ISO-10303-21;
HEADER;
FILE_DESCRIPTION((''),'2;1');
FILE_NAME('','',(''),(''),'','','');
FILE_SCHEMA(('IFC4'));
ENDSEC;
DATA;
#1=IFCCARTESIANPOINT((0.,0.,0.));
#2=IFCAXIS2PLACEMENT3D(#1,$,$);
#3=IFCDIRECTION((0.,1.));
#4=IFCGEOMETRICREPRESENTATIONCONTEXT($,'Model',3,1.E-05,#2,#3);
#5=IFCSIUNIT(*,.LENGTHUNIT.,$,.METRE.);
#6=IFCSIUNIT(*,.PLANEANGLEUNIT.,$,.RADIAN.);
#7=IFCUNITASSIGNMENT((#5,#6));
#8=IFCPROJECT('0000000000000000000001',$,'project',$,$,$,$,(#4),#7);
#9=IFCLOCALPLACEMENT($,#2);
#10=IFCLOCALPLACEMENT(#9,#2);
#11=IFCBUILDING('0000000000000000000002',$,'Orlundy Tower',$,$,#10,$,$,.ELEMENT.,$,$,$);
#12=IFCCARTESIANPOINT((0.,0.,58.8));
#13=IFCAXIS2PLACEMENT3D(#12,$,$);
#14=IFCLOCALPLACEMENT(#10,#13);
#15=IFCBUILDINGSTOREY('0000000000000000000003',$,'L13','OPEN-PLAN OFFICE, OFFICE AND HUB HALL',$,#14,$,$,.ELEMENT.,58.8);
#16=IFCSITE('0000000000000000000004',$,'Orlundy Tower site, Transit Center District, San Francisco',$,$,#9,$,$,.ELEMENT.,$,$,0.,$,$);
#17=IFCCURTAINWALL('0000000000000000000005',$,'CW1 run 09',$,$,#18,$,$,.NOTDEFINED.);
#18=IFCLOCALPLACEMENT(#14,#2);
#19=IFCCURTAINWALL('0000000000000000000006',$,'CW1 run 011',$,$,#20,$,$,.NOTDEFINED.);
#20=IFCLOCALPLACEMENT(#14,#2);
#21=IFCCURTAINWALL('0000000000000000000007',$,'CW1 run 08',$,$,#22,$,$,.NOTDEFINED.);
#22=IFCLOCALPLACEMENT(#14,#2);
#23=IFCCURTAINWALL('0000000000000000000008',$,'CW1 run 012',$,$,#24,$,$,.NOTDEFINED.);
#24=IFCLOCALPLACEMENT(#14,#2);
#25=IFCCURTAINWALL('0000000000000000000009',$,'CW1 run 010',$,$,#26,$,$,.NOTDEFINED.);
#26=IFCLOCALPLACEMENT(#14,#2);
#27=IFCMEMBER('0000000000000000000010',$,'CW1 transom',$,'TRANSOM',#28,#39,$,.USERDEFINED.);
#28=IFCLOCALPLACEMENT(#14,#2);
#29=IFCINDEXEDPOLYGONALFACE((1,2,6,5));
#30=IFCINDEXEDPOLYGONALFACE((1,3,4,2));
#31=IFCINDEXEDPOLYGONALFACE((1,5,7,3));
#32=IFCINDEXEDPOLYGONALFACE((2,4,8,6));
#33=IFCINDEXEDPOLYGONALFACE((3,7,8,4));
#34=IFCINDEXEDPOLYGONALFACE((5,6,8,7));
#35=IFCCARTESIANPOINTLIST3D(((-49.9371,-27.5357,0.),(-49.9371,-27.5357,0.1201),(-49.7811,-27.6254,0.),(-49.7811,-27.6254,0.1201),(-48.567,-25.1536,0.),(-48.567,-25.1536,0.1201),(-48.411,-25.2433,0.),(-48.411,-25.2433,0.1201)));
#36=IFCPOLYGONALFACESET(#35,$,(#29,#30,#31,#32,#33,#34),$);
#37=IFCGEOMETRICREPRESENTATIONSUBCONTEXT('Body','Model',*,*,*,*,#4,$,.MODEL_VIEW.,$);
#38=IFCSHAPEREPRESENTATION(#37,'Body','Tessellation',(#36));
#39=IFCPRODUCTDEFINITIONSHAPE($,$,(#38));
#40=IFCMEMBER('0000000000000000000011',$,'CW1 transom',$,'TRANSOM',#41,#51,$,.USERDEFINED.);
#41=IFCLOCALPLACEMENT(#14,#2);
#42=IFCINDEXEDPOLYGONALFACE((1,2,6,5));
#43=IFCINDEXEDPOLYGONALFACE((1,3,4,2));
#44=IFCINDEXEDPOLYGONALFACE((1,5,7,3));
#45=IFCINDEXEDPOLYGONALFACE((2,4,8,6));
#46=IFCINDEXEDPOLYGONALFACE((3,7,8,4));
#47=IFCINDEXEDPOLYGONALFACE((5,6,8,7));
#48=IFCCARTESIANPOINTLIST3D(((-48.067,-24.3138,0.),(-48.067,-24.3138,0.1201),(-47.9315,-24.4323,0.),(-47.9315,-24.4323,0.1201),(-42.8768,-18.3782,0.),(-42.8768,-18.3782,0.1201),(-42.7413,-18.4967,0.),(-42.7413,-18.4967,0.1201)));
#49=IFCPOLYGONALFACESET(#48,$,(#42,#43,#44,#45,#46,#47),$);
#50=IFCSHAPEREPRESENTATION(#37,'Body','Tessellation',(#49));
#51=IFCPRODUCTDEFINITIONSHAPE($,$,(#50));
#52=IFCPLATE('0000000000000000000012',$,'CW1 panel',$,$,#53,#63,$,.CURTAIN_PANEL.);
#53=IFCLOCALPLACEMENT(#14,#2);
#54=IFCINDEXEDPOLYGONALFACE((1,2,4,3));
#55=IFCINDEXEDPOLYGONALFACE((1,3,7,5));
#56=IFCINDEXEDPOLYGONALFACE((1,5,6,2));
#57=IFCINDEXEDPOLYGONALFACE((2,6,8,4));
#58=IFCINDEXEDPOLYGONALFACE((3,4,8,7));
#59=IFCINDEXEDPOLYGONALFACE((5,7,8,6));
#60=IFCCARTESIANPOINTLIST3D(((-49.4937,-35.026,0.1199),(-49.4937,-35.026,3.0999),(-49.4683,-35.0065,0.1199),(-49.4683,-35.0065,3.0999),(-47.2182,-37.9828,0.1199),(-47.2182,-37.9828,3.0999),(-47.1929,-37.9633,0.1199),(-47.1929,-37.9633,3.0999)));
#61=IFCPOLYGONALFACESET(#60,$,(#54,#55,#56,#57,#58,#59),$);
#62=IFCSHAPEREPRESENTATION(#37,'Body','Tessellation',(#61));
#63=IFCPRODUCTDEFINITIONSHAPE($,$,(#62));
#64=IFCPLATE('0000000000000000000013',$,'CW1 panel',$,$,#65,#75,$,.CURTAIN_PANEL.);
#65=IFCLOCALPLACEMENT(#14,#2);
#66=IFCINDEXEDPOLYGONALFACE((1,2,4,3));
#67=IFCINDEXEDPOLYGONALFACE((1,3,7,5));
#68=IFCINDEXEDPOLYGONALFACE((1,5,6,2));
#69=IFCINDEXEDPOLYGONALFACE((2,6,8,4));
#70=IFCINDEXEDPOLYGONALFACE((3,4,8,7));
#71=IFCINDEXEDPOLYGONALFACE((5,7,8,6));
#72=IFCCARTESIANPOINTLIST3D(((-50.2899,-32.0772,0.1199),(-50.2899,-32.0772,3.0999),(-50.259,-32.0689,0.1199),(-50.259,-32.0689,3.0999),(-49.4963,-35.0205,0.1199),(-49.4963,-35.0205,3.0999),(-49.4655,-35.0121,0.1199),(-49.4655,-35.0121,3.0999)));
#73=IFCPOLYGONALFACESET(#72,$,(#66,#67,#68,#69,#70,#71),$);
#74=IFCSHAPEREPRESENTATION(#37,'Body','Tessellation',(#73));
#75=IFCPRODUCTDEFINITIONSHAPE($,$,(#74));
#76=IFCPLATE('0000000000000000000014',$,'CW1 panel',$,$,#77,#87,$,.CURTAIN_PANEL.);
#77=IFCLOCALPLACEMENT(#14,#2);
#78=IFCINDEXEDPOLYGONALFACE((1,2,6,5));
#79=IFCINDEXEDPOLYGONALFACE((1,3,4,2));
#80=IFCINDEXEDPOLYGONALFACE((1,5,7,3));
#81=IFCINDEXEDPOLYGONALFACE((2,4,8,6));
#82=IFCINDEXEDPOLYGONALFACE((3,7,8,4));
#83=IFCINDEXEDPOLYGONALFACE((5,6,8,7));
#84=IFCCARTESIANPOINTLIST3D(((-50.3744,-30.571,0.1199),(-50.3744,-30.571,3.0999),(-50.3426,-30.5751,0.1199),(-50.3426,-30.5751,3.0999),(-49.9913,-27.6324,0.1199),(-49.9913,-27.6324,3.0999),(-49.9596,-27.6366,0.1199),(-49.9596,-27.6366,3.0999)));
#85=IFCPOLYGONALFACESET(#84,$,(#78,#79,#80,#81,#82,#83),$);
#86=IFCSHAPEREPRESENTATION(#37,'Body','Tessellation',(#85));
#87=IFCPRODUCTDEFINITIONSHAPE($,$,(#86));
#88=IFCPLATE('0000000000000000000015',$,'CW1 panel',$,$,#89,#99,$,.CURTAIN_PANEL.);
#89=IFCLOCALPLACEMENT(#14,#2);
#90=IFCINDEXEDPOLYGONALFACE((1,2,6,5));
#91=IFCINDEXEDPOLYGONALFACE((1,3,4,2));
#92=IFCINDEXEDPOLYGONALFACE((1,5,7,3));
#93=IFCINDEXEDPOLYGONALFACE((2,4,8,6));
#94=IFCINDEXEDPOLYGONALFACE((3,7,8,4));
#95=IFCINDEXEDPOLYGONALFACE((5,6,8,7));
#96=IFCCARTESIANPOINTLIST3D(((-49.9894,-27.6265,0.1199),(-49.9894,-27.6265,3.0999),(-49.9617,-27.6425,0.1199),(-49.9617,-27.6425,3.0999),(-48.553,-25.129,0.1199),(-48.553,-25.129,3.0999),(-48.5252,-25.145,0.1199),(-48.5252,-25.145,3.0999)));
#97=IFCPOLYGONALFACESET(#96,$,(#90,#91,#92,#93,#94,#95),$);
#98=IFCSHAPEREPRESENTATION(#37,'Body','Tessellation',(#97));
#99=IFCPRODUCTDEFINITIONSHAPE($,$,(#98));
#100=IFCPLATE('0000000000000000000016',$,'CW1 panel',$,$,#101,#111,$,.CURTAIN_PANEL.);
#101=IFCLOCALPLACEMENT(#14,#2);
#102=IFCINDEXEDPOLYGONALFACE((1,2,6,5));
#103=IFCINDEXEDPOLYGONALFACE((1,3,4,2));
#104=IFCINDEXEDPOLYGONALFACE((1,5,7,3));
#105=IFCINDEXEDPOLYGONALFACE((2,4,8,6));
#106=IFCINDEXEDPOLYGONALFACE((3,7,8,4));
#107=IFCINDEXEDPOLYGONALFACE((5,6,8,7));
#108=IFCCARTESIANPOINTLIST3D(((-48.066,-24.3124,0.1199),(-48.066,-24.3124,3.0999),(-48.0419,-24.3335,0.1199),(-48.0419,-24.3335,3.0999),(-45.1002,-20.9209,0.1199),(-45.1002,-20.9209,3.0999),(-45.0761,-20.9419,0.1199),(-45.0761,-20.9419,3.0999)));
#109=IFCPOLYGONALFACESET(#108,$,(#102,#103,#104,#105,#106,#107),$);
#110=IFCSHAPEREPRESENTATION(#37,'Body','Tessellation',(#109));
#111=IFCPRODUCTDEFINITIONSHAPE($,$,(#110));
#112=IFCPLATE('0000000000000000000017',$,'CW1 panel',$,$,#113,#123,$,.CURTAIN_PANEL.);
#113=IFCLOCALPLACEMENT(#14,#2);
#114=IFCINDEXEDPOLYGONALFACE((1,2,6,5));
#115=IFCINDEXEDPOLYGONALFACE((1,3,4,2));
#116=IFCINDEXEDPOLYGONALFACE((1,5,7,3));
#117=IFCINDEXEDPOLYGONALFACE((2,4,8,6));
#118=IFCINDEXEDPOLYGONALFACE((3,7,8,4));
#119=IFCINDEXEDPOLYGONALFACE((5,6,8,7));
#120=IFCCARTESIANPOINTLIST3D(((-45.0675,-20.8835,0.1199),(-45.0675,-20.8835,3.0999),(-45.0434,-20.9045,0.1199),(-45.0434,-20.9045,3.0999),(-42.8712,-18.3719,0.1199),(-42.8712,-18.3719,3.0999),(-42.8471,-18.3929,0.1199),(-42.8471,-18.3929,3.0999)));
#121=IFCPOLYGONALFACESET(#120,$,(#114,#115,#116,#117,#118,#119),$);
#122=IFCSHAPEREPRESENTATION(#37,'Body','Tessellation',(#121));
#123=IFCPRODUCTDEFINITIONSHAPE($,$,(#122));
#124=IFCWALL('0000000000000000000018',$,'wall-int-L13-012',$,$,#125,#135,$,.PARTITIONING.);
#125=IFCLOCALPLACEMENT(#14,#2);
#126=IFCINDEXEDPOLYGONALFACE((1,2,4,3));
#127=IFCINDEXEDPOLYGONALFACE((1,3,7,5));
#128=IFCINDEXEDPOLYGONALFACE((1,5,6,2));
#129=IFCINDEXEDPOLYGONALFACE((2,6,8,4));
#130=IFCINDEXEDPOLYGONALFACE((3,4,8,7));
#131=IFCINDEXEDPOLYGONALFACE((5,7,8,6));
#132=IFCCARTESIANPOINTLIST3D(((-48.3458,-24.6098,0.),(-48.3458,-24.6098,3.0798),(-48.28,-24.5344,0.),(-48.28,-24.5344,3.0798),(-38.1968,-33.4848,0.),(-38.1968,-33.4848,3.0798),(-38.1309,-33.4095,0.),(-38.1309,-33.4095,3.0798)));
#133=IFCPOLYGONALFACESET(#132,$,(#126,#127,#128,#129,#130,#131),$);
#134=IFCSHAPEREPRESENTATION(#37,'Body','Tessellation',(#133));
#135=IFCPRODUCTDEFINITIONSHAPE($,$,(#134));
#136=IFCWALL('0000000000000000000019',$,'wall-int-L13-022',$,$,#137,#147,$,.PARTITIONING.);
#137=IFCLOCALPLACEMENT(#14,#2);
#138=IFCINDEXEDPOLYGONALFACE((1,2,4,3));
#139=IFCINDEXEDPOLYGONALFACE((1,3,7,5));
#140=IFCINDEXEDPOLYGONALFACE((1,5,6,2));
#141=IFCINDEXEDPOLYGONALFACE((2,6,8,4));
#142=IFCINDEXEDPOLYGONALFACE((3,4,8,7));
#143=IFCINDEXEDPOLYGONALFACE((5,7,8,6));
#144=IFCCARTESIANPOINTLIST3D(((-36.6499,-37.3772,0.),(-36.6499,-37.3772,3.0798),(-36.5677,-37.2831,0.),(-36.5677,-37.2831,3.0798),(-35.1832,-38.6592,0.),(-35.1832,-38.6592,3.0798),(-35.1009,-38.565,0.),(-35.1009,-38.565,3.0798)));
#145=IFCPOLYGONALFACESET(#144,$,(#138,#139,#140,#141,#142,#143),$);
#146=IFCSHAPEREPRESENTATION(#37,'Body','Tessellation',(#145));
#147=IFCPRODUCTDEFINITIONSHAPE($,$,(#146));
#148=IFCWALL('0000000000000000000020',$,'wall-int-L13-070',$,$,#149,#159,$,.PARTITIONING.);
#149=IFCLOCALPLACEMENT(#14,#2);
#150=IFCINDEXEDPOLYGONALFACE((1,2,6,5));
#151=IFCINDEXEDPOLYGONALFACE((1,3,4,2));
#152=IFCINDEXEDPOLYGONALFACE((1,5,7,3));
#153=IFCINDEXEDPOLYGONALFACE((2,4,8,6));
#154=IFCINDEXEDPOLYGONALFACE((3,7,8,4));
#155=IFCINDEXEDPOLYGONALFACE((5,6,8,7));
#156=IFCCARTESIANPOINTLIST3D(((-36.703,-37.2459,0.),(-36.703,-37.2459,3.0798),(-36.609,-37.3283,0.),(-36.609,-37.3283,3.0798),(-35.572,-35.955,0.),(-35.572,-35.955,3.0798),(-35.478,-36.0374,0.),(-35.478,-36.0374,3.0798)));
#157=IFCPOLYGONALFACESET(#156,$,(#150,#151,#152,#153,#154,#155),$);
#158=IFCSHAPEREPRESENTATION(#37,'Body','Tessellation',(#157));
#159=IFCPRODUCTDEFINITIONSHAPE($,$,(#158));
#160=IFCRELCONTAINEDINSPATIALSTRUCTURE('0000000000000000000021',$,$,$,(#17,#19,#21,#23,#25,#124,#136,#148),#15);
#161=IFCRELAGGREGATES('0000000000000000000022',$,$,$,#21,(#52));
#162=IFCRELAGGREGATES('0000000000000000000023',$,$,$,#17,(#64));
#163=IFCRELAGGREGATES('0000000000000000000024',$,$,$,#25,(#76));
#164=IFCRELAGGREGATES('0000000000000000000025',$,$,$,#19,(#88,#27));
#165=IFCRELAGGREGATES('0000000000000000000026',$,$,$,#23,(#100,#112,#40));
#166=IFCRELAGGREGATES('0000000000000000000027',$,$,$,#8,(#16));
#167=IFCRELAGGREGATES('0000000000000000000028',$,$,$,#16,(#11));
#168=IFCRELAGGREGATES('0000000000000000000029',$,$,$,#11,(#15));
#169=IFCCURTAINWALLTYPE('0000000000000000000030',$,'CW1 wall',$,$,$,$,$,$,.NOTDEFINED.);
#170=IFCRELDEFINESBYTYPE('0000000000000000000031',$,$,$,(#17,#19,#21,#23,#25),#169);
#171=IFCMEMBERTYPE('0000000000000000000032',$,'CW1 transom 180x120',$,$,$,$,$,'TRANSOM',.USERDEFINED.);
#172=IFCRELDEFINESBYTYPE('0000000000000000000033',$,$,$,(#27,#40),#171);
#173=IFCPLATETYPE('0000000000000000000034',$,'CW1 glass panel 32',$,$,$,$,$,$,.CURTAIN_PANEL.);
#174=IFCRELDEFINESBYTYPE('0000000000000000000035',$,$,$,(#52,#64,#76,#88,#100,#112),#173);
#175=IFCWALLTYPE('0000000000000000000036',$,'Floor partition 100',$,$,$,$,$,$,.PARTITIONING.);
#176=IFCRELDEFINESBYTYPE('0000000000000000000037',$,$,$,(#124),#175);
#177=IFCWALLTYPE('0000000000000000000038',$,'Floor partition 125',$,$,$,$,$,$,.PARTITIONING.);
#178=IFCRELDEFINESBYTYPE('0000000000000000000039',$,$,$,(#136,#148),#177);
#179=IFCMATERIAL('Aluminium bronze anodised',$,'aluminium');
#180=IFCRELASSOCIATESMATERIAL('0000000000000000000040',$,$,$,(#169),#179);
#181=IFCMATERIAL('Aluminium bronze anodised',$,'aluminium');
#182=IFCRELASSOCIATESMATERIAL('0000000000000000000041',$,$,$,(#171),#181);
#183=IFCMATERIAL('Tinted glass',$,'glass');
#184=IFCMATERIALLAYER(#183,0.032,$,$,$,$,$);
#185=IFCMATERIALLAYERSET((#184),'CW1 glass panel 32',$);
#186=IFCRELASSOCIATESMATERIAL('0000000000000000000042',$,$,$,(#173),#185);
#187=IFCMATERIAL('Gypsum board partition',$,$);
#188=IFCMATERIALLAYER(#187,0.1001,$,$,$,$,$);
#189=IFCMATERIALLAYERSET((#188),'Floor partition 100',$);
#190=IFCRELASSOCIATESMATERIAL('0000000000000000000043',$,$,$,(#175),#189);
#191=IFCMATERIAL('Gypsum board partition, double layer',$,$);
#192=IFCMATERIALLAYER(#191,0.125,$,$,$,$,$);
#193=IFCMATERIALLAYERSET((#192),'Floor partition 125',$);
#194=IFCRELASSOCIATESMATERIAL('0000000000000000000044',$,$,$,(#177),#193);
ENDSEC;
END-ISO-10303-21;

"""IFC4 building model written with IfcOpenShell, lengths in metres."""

from ifc_helpers import new_model, si_unit, direction, frame, frame_2d, origin, origin_2d, place, context, subcontext, project, spatial, rectangle, extrude, material, layer, layer_set, material_profile, profile_set, type_object, element, aggregate, save


model = new_model("IFC4")

# Units and contexts
model_context = context("Model", 3, precision=1e-05, world=origin(), true_north=direction((0.0, 1.0)))
body_context = subcontext(model_context, "Body", "Model", "MODEL_VIEW")
ifc_project = project(units=[si_unit("LENGTHUNIT", "METRE"), si_unit("PLANEANGLEUNIT", "RADIAN")], contexts=[model_context])

# Site, building, storey
site_placement = place(None, origin())
site = spatial("IfcSite", under=ifc_project, at=site_placement, Name="Orlundy Tower site, Transit Center District, San Francisco", CompositionType="ELEMENT", RefElevation=0.0)
building_placement = place(site_placement, origin())
building = spatial("IfcBuilding", under=site, at=building_placement, Name="Orlundy Tower", CompositionType="ELEMENT")
storey_placement = place(building_placement, frame((0.0, 0.0, 58.8)))
storey = spatial("IfcBuildingStorey", under=building, at=storey_placement, Name="L13", Description="OPEN-PLAN OFFICE, OFFICE AND HUB HALL", CompositionType="ELEMENT", Elevation=58.8)

# Curtain walls
ifc_material_1 = material(Name="Aluminium bronze anodised", Category="aluminium")
curtain_wall_type = type_object("IfcCurtainWallType", Name="CW1 wall", PredefinedType="NOTDEFINED", material=ifc_material_1)
curtain_wall_1_placement = place(storey_placement, origin())
curtain_wall_1 = element("IfcCurtainWall", 1, at=curtain_wall_1_placement, inside=storey, type_object=curtain_wall_type, Name="CW1 run 09", PredefinedType="NOTDEFINED")
curtain_wall_2_placement = place(storey_placement, origin())
curtain_wall_2 = element("IfcCurtainWall", 2, at=curtain_wall_2_placement, inside=storey, type_object=curtain_wall_type, Name="CW1 run 011", PredefinedType="NOTDEFINED")
curtain_wall_3_placement = place(storey_placement, origin())
curtain_wall_3 = element("IfcCurtainWall", 3, at=curtain_wall_3_placement, inside=storey, type_object=curtain_wall_type, Name="CW1 run 08", PredefinedType="NOTDEFINED")

# Curtain wall
curtain_wall_4_placement = place(storey_placement, origin())
curtain_wall_4 = element("IfcCurtainWall", 4, at=curtain_wall_4_placement, inside=storey, type_object=curtain_wall_type, Name="CW1 run 012", PredefinedType="NOTDEFINED")

# Shared definitions
ifc_material_2 = material(Name="Aluminium bronze anodised", Category="aluminium")
ifc_material_profile_1 = material_profile(ifc_material_2, rectangle(XDim=0.1799, YDim=0.1201, at=origin_2d()), Name="CW1 transom 180x120")
ifc_profile_set_1 = profile_set([ifc_material_profile_1], Name="Aluminium bronze anodised")
member_type_1 = type_object("IfcMemberType", Name="CW1 transom 180x120", ElementType="TRANSOM", PredefinedType="USERDEFINED", material=ifc_profile_set_1)

# Curtain wall
curtain_wall_5_placement = place(storey_placement, origin())
curtain_wall_5 = element("IfcCurtainWall", 5, at=curtain_wall_5_placement, inside=storey, type_object=curtain_wall_type, Name="CW1 run 010", PredefinedType="NOTDEFINED")

# Members
member_1_placement = place(storey_placement, frame((-49.8591, -27.5806, 0.0601), z_axis=(0.498586, 0.86684, 0.0), x_axis=(-0.86684, 0.498586, 0.0)))
member_1 = element("IfcMember", 6, at=member_1_placement, type_object=member_type_1, Name="CW1 transom", ObjectType="TRANSOM", PredefinedType="USERDEFINED", context=body_context, shape_type="SweptSolid", body=[
    extrude(rectangle(XDim=0.1799, YDim=0.1201, at=origin_2d()), origin(), (0.0, 0.0, 1.0), 2.748),
])
member_2_placement = place(storey_placement, frame((-47.9993, -24.373, 0.0601), z_axis=(0.658259, 0.752791, 0.0), x_axis=(-0.752791, 0.658259, 0.0)))
member_2 = element("IfcMember", 7, at=member_2_placement, type_object=member_type_1, Name="CW1 transom", ObjectType="TRANSOM", PredefinedType="USERDEFINED", context=body_context, shape_type="SweptSolid", body=[
    extrude(rectangle(XDim=0.1799, YDim=0.1201, at=origin_2d()), origin(), (0.0, 0.0, 1.0), 7.8848),
])

# Plates
ifc_material_3 = material(Name="Tinted glass", Category="glass")
ifc_layer_1 = layer(ifc_material_3, 0.032)
ifc_layer_set_1 = layer_set([ifc_layer_1], Name="CW1 glass panel 32")
plate_type = type_object("IfcPlateType", Name="CW1 glass panel 32", PredefinedType="CURTAIN_PANEL", material=ifc_layer_set_1)
plate_1_placement = place(storey_placement, frame((-48.3433, -36.4946, 0.1199), z_axis=(0.0, 0.0, 1.0), x_axis=(-0.60988, 0.792494, 0.0)))
plate_1 = element("IfcPlate", 8, at=plate_1_placement, type_object=plate_type, Name="CW1 panel", PredefinedType="CURTAIN_PANEL", context=body_context, shape_type="SweptSolid", body=[
    extrude(rectangle(XDim=3.731, YDim=0.032, at=origin_2d()), origin(), (0.0, 0.0, 1.0), 2.98),
])
aggregate(curtain_wall_3, [plate_1])
plate_2_placement = place(storey_placement, frame((-49.8777, -33.5447, 0.1199), z_axis=(0.0, 0.0, 1.0), x_axis=(-0.260331, 0.965519, 0.0)))
plate_2 = element("IfcPlate", 9, at=plate_2_placement, type_object=plate_type, Name="CW1 panel", PredefinedType="CURTAIN_PANEL", context=body_context, shape_type="SweptSolid", body=[
    extrude(rectangle(XDim=3.0483, YDim=0.032, at=origin_2d()), origin(), (0.0, 0.0, 1.0), 2.98),
])
aggregate(curtain_wall_1, [plate_2])
plate_3_placement = place(storey_placement, frame((-50.167, -29.1038, 0.1199), z_axis=(0.0, 0.0, 1.0), x_axis=(0.129247, 0.991612, 0.0)))
plate_3 = element("IfcPlate", 10, at=plate_3_placement, type_object=plate_type, Name="CW1 panel", PredefinedType="CURTAIN_PANEL", context=body_context, shape_type="SweptSolid", body=[
    extrude(rectangle(XDim=2.9634, YDim=0.032, at=origin_2d()), origin(), (0.0, 0.0, 1.0), 2.98),
])
aggregate(curtain_wall_5, [plate_3])
plate_4_placement = place(storey_placement, frame((-49.2573, -26.3857, 0.1199), z_axis=(0.0, 0.0, 1.0), x_axis=(0.498578, 0.866845, 0.0)))
plate_4 = element("IfcPlate", 11, at=plate_4_placement, type_object=plate_type, Name="CW1 panel", PredefinedType="CURTAIN_PANEL", context=body_context, shape_type="SweptSolid", body=[
    extrude(rectangle(XDim=2.8811, YDim=0.032, at=origin_2d()), origin(), (0.0, 0.0, 1.0), 2.98),
])
aggregate(curtain_wall_2, [plate_4, member_1])
plate_5_placement = place(storey_placement, frame((-46.571, -22.6272, 0.1199), z_axis=(0.0, 0.0, 1.0), x_axis=(0.658273, 0.752779, 0.0)))
plate_5 = element("IfcPlate", 12, at=plate_5_placement, type_object=plate_type, Name="CW1 panel", PredefinedType="CURTAIN_PANEL", context=body_context, shape_type="SweptSolid", body=[
    extrude(rectangle(XDim=4.5054, YDim=0.032, at=origin_2d()), origin(), (0.0, 0.0, 1.0), 2.98),
])
plate_6_placement = place(storey_placement, frame((-43.9573, -19.6382, 0.1199), z_axis=(0.0, 0.0, 1.0), x_axis=(0.658273, 0.752779, 0.0)))
plate_6 = element("IfcPlate", 13, at=plate_6_placement, type_object=plate_type, Name="CW1 panel", PredefinedType="CURTAIN_PANEL", context=body_context, shape_type="SweptSolid", body=[
    extrude(rectangle(XDim=3.3364, YDim=0.032, at=origin_2d()), origin(), (0.0, 0.0, 1.0), 2.98),
])
aggregate(curtain_wall_4, [plate_5, plate_6, member_2])

# Walls
ifc_material_4 = material(Name="Gypsum board partition")
ifc_layer_2 = layer(ifc_material_4, 0.1001)
ifc_layer_set_2 = layer_set([ifc_layer_2], Name="Floor partition 100")
wall_type_1 = type_object("IfcWallType", Name="Floor partition 100", PredefinedType="PARTITIONING", material=ifc_layer_set_2)
wall_1_placement = place(storey_placement, frame((-48.313, -24.572, 0.0), z_axis=(0.0, 0.0, 1.0), x_axis=(0.752772, -0.658282, 0.0)))
element("IfcWall", 14, at=wall_1_placement, inside=storey, type_object=wall_type_1, Name="wall-int-L13-012", PredefinedType="PARTITIONING", context=body_context, shape_type="SweptSolid", body=[
    extrude(rectangle(XDim=13.4822, YDim=0.1001, at=frame_2d((6.7412, 0.0))), origin(), (0.0, 0.0, 1.0), 3.0798),
])
ifc_material_5 = material(Name="Gypsum board partition, double layer")
ifc_layer_3 = layer(ifc_material_5, 0.125)
ifc_layer_set_3 = layer_set([ifc_layer_3], Name="Floor partition 125")
wall_type_2 = type_object("IfcWallType", Name="Floor partition 125", PredefinedType="PARTITIONING", material=ifc_layer_set_3)
wall_2_placement = place(storey_placement, frame((-36.6089, -37.3301, 0.0), z_axis=(0.0, 0.0, 1.0), x_axis=(0.752949, -0.658079, 0.0)))
element("IfcWall", 15, at=wall_2_placement, inside=storey, type_object=wall_type_2, Name="wall-int-L13-022", PredefinedType="PARTITIONING", context=body_context, shape_type="SweptSolid", body=[
    extrude(rectangle(XDim=1.948, YDim=0.125, at=frame_2d((0.9741, 0.0))), origin(), (0.0, 0.0, 1.0), 3.0798),
])
wall_3_placement = place(storey_placement, frame((-36.656, -37.2871, 0.0), z_axis=(0.0, 0.0, 1.0), x_axis=(0.658988, 0.752154, 0.0)))
element("IfcWall", 16, at=wall_3_placement, inside=storey, type_object=wall_type_2, Name="wall-int-L13-070", PredefinedType="PARTITIONING", context=body_context, shape_type="SweptSolid", body=[
    extrude(rectangle(XDim=1.7163, YDim=0.125, at=frame_2d((0.8582, 0.0))), origin(), (0.0, 0.0, 1.0), 3.0798),
])

save(model, "model.ifc")
